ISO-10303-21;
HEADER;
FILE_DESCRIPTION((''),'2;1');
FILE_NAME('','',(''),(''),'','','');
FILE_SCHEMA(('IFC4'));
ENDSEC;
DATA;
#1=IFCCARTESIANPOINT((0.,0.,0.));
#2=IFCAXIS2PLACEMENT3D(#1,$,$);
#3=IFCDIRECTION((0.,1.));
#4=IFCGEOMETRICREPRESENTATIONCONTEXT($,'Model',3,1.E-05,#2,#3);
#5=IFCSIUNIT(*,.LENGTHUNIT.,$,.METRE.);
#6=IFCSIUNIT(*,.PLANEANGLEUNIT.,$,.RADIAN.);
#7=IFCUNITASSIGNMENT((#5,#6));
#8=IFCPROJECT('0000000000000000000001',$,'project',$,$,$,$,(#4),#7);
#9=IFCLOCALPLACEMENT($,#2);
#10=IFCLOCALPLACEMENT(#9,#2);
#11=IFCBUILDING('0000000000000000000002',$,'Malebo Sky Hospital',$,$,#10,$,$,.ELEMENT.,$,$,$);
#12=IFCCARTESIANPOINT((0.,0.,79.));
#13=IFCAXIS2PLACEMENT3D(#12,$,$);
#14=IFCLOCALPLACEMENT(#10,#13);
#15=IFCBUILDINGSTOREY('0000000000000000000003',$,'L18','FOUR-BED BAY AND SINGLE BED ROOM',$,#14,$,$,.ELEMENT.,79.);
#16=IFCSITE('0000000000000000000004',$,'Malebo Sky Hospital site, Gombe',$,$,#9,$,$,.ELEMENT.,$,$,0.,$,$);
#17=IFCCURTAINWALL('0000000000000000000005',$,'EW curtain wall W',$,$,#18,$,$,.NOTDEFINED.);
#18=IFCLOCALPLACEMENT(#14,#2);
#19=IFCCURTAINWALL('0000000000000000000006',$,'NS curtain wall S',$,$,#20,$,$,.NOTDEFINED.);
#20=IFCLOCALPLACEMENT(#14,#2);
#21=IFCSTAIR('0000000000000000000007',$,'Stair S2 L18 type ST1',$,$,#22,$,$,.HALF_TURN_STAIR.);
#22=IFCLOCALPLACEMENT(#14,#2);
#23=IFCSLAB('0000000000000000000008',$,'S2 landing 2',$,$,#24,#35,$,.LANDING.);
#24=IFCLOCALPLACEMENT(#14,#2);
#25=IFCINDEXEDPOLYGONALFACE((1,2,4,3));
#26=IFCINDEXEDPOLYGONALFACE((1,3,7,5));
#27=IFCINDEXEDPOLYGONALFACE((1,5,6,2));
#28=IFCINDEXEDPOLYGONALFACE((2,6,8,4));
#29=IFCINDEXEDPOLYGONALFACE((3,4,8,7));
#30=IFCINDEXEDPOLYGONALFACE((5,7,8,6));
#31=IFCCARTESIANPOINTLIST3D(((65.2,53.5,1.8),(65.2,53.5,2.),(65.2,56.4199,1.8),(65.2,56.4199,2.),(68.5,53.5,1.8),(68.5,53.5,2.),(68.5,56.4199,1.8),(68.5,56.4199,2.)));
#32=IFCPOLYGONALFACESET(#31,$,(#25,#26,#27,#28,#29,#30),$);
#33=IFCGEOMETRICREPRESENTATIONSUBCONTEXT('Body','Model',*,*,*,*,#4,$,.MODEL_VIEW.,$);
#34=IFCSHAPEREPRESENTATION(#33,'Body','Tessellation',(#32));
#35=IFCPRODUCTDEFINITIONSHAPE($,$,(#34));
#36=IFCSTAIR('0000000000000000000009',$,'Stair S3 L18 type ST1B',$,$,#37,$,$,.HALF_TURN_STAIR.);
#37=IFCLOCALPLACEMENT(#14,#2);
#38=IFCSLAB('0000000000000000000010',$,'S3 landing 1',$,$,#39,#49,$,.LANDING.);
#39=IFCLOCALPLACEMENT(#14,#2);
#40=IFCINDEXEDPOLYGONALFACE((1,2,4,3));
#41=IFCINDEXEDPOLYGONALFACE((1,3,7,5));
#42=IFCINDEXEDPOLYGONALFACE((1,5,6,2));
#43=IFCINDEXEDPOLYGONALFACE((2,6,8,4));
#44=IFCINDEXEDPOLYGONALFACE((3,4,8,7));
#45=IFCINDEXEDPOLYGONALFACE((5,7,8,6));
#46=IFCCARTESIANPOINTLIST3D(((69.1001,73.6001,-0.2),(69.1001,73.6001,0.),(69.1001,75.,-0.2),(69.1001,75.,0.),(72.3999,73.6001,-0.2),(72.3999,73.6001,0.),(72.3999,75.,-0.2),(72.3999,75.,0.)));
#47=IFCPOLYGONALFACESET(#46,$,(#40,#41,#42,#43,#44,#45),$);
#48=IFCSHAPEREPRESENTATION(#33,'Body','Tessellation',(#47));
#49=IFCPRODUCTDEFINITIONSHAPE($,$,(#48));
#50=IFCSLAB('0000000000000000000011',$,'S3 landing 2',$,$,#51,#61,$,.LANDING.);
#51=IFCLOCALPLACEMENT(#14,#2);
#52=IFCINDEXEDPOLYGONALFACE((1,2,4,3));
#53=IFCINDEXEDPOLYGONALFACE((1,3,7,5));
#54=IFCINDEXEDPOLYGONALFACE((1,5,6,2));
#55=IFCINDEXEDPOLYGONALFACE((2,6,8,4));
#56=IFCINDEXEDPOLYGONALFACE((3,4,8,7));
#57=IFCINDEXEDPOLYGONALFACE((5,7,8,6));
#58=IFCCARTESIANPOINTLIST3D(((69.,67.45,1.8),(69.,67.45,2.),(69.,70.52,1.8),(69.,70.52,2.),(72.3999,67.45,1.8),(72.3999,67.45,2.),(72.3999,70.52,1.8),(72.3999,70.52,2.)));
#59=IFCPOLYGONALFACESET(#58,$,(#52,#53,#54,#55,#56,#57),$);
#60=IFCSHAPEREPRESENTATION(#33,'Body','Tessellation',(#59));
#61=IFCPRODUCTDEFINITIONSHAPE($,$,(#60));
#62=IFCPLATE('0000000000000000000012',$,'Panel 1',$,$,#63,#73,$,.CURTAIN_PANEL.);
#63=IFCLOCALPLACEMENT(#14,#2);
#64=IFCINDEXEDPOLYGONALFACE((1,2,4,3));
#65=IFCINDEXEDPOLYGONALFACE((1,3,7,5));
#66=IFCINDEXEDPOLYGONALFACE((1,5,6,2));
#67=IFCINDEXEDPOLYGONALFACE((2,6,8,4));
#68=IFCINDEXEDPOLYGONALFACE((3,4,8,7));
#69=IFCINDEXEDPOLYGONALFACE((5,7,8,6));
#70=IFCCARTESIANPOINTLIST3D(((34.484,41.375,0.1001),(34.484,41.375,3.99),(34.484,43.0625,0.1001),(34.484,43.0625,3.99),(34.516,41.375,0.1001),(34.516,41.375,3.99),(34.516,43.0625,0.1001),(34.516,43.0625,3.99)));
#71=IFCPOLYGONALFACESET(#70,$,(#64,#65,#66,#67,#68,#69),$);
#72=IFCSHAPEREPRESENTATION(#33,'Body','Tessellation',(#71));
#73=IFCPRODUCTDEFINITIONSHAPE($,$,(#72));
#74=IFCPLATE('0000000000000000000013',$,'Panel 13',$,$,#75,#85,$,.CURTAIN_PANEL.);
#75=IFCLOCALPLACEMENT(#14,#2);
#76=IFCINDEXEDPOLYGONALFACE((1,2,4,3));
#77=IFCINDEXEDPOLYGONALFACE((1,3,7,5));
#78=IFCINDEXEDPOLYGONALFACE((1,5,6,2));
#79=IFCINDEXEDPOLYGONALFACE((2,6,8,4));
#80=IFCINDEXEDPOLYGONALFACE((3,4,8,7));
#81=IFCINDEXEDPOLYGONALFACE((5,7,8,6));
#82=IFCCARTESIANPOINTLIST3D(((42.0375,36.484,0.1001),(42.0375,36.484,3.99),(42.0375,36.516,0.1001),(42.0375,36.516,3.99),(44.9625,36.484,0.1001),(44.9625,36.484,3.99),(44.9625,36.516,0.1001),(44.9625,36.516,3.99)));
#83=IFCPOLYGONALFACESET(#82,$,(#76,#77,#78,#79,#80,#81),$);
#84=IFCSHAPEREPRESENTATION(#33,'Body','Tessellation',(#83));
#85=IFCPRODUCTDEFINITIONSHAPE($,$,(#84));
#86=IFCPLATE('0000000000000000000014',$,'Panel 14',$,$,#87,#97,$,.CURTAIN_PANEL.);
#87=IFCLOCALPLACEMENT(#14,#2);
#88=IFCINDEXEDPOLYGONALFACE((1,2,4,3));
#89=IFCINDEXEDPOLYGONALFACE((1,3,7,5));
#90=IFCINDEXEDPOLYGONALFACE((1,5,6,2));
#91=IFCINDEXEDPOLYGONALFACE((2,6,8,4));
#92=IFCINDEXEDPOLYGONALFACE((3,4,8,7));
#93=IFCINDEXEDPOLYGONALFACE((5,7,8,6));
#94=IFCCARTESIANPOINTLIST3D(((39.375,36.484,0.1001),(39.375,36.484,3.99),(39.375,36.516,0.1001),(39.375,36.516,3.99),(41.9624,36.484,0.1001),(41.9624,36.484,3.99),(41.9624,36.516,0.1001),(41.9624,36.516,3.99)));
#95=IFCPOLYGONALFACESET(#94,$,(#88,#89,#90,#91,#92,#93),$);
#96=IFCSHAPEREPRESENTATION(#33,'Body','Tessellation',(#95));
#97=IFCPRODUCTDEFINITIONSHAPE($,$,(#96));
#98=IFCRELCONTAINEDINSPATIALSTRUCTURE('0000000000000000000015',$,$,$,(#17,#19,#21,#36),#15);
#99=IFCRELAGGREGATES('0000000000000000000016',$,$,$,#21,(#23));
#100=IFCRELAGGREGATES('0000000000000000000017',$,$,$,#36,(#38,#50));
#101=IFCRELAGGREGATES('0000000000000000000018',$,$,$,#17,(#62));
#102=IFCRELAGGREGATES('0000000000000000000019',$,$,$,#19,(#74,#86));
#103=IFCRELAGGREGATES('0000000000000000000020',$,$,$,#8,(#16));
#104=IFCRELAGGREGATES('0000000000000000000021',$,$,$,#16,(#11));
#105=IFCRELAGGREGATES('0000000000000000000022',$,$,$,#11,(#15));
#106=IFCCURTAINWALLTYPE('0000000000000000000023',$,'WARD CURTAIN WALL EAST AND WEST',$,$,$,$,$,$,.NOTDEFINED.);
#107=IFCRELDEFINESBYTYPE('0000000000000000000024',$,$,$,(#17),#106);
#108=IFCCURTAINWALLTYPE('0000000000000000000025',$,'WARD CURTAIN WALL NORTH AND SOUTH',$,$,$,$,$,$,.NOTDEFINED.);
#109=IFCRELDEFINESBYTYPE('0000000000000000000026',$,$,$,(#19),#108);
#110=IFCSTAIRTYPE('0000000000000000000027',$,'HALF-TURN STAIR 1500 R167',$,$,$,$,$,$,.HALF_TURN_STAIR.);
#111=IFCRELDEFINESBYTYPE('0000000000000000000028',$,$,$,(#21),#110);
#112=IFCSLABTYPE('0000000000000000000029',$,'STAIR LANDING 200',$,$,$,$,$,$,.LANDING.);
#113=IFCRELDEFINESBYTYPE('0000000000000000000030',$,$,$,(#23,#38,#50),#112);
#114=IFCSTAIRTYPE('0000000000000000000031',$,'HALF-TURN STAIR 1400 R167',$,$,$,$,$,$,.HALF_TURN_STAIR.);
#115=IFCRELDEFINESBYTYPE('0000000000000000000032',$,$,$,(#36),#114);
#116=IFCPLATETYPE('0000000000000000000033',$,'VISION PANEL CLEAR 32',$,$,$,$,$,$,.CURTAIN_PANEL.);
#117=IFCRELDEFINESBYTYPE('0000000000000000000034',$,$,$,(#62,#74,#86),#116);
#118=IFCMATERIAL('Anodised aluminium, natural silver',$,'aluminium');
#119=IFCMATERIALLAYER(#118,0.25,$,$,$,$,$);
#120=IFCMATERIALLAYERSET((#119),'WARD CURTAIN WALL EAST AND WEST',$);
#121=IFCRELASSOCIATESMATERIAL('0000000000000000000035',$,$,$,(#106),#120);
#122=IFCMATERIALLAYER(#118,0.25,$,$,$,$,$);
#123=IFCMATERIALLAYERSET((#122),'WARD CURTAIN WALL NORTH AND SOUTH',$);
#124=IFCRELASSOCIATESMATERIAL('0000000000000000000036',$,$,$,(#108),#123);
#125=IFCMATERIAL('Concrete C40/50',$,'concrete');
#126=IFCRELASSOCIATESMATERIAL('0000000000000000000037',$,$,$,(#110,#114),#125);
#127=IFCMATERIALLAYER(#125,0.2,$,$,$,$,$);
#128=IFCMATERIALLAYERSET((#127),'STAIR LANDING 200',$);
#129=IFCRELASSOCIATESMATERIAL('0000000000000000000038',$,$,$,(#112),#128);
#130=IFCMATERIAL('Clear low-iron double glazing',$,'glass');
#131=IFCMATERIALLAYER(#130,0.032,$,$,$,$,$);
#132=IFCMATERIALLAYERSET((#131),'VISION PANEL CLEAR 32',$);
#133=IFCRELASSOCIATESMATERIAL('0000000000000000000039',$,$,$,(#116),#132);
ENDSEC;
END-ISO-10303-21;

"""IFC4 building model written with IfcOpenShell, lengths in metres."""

from ifc_helpers import new_model, si_unit, direction, frame, origin, origin_2d, place, context, subcontext, project, spatial, polyline, rectangle, outline, extrude, material, layer, layer_set, type_object, element, aggregate, save


model = new_model("IFC4")

# Units and contexts
model_context = context("Model", 3, precision=1e-05, world=origin(), true_north=direction((0.0, 1.0)))
body_context = subcontext(model_context, "Body", "Model", "MODEL_VIEW")
ifc_project = project(units=[si_unit("LENGTHUNIT", "METRE"), si_unit("PLANEANGLEUNIT", "RADIAN")], contexts=[model_context])

# Site, building, storey
site_placement = place(None, origin())
site = spatial("IfcSite", under=ifc_project, at=site_placement, Name="Malebo Sky Hospital site, Gombe", CompositionType="ELEMENT", RefElevation=0.0)
building_placement = place(site_placement, origin())
building = spatial("IfcBuilding", under=site, at=building_placement, Name="Malebo Sky Hospital", CompositionType="ELEMENT")
storey_placement = place(building_placement, frame((0.0, 0.0, 79.0)))
storey = spatial("IfcBuildingStorey", under=building, at=storey_placement, Name="L18", Description="FOUR-BED BAY AND SINGLE BED ROOM", CompositionType="ELEMENT", Elevation=79.0)

# Curtain wall
ifc_material_1 = material(Name="Anodised aluminium, natural silver", Category="aluminium")
ifc_layer_1 = layer(ifc_material_1, 0.25)
ifc_layer_set_1 = layer_set([ifc_layer_1], Name="WARD CURTAIN WALL EAST AND WEST")
curtain_wall_type_1 = type_object("IfcCurtainWallType", Name="WARD CURTAIN WALL EAST AND WEST", PredefinedType="NOTDEFINED", material=ifc_layer_set_1)
curtain_wall_1_placement = place(storey_placement, origin())
curtain_wall_1 = element("IfcCurtainWall", 1, at=curtain_wall_1_placement, inside=storey, type_object=curtain_wall_type_1, Name="EW curtain wall W", PredefinedType="NOTDEFINED")

# Curtain wall
ifc_layer_2 = layer(ifc_material_1, 0.25)
ifc_layer_set_2 = layer_set([ifc_layer_2], Name="WARD CURTAIN WALL NORTH AND SOUTH")
curtain_wall_type_2 = type_object("IfcCurtainWallType", Name="WARD CURTAIN WALL NORTH AND SOUTH", PredefinedType="NOTDEFINED", material=ifc_layer_set_2)
curtain_wall_2_placement = place(storey_placement, origin())
curtain_wall_2 = element("IfcCurtainWall", 2, at=curtain_wall_2_placement, inside=storey, type_object=curtain_wall_type_2, Name="NS curtain wall S", PredefinedType="NOTDEFINED")

# Shared definitions
ifc_material_2 = material(Name="Concrete C40/50", Category="concrete")

# Stairs, slabs
stair_type_1 = type_object("IfcStairType", Name="HALF-TURN STAIR 1500 R167", PredefinedType="HALF_TURN_STAIR", material=ifc_material_2)
ifc_layer_3 = layer(ifc_material_2, 0.2)
ifc_layer_set_3 = layer_set([ifc_layer_3], Name="STAIR LANDING 200")
slab_type_1 = type_object("IfcSlabType", Name="STAIR LANDING 200", PredefinedType="LANDING", material=ifc_layer_set_3)
stair_1_placement = place(storey_placement, origin())
stair_1 = element("IfcStair", 3, at=stair_1_placement, inside=storey, type_object=stair_type_1, Name="Stair S2 L18 type ST1", PredefinedType="HALF_TURN_STAIR")
slab_1_placement = place(storey_placement, frame((0.0, 0.0, 1.8)))
slab_1 = element("IfcSlab", 4, at=slab_1_placement, type_object=slab_type_1, Name="S2 landing 2", PredefinedType="LANDING", context=body_context, shape_type="SweptSolid", body=[
    extrude(outline(polyline([(65.2, 53.5), (68.5, 53.5), (68.5, 56.4199), (65.2, 56.4199), (65.2, 53.5)])), origin(), (0.0, 0.0, 1.0), 0.2),
])
aggregate(stair_1, [slab_1])
stair_type_2 = type_object("IfcStairType", Name="HALF-TURN STAIR 1400 R167", PredefinedType="HALF_TURN_STAIR", material=ifc_material_2)
stair_2_placement = place(storey_placement, origin())
stair_2 = element("IfcStair", 5, at=stair_2_placement, inside=storey, type_object=stair_type_2, Name="Stair S3 L18 type ST1B", PredefinedType="HALF_TURN_STAIR")
slab_2_placement = place(storey_placement, frame((0.0, 0.0, -0.2)))
slab_2 = element("IfcSlab", 6, at=slab_2_placement, type_object=slab_type_1, Name="S3 landing 1", PredefinedType="LANDING", context=body_context, shape_type="SweptSolid", body=[
    extrude(outline(polyline([(69.1001, 73.6001), (72.3999, 73.6001), (72.3999, 75.0), (69.1001, 75.0), (69.1001, 73.6001)])), origin(), (0.0, 0.0, 1.0), 0.2),
])
slab_3_placement = place(storey_placement, frame((0.0, 0.0, 1.8)))
slab_3 = element("IfcSlab", 7, at=slab_3_placement, type_object=slab_type_1, Name="S3 landing 2", PredefinedType="LANDING", context=body_context, shape_type="SweptSolid", body=[
    extrude(outline(polyline([(69.0, 67.45), (72.3999, 67.45), (72.3999, 70.52), (69.0, 70.52), (69.0, 67.45)])), origin(), (0.0, 0.0, 1.0), 0.2),
])
aggregate(stair_2, [slab_2, slab_3])

# Plates
ifc_material_3 = material(Name="Clear low-iron double glazing", Category="glass")
ifc_layer_4 = layer(ifc_material_3, 0.032)
ifc_layer_set_4 = layer_set([ifc_layer_4], Name="VISION PANEL CLEAR 32")
plate_type = type_object("IfcPlateType", Name="VISION PANEL CLEAR 32", PredefinedType="CURTAIN_PANEL", material=ifc_layer_set_4)
plate_1_placement = place(storey_placement, frame((34.5, 42.2188, 0.1001), z_axis=(0.0, 0.0, 1.0), x_axis=(0.0, 1.0, 0.0)))
plate_1 = element("IfcPlate", 8, at=plate_1_placement, type_object=plate_type, Name="Panel 1", PredefinedType="CURTAIN_PANEL", context=body_context, shape_type="SweptSolid", body=[
    extrude(rectangle(XDim=1.6875, YDim=0.032, at=origin_2d()), origin(), (0.0, 0.0, 1.0), 3.8899),
])
aggregate(curtain_wall_1, [plate_1])
plate_2_placement = place(storey_placement, frame((43.5, 36.5, 0.1001), z_axis=(0.0, 0.0, 1.0), x_axis=(-1.0, 0.0, 0.0)))
plate_2 = element("IfcPlate", 9, at=plate_2_placement, type_object=plate_type, Name="Panel 13", PredefinedType="CURTAIN_PANEL", context=body_context, shape_type="SweptSolid", body=[
    extrude(rectangle(XDim=2.925, YDim=0.032, at=origin_2d()), origin(), (0.0, 0.0, 1.0), 3.8899),
])
plate_3_placement = place(storey_placement, frame((40.6687, 36.5, 0.1001), z_axis=(0.0, 0.0, 1.0), x_axis=(-1.0, 0.0, 0.0)))
plate_3 = element("IfcPlate", 10, at=plate_3_placement, type_object=plate_type, Name="Panel 14", PredefinedType="CURTAIN_PANEL", context=body_context, shape_type="SweptSolid", body=[
    extrude(rectangle(XDim=2.5874, YDim=0.032, at=origin_2d()), origin(), (0.0, 0.0, 1.0), 3.8899),
])
aggregate(curtain_wall_2, [plate_2, plate_3])

save(model, "model.ifc")
